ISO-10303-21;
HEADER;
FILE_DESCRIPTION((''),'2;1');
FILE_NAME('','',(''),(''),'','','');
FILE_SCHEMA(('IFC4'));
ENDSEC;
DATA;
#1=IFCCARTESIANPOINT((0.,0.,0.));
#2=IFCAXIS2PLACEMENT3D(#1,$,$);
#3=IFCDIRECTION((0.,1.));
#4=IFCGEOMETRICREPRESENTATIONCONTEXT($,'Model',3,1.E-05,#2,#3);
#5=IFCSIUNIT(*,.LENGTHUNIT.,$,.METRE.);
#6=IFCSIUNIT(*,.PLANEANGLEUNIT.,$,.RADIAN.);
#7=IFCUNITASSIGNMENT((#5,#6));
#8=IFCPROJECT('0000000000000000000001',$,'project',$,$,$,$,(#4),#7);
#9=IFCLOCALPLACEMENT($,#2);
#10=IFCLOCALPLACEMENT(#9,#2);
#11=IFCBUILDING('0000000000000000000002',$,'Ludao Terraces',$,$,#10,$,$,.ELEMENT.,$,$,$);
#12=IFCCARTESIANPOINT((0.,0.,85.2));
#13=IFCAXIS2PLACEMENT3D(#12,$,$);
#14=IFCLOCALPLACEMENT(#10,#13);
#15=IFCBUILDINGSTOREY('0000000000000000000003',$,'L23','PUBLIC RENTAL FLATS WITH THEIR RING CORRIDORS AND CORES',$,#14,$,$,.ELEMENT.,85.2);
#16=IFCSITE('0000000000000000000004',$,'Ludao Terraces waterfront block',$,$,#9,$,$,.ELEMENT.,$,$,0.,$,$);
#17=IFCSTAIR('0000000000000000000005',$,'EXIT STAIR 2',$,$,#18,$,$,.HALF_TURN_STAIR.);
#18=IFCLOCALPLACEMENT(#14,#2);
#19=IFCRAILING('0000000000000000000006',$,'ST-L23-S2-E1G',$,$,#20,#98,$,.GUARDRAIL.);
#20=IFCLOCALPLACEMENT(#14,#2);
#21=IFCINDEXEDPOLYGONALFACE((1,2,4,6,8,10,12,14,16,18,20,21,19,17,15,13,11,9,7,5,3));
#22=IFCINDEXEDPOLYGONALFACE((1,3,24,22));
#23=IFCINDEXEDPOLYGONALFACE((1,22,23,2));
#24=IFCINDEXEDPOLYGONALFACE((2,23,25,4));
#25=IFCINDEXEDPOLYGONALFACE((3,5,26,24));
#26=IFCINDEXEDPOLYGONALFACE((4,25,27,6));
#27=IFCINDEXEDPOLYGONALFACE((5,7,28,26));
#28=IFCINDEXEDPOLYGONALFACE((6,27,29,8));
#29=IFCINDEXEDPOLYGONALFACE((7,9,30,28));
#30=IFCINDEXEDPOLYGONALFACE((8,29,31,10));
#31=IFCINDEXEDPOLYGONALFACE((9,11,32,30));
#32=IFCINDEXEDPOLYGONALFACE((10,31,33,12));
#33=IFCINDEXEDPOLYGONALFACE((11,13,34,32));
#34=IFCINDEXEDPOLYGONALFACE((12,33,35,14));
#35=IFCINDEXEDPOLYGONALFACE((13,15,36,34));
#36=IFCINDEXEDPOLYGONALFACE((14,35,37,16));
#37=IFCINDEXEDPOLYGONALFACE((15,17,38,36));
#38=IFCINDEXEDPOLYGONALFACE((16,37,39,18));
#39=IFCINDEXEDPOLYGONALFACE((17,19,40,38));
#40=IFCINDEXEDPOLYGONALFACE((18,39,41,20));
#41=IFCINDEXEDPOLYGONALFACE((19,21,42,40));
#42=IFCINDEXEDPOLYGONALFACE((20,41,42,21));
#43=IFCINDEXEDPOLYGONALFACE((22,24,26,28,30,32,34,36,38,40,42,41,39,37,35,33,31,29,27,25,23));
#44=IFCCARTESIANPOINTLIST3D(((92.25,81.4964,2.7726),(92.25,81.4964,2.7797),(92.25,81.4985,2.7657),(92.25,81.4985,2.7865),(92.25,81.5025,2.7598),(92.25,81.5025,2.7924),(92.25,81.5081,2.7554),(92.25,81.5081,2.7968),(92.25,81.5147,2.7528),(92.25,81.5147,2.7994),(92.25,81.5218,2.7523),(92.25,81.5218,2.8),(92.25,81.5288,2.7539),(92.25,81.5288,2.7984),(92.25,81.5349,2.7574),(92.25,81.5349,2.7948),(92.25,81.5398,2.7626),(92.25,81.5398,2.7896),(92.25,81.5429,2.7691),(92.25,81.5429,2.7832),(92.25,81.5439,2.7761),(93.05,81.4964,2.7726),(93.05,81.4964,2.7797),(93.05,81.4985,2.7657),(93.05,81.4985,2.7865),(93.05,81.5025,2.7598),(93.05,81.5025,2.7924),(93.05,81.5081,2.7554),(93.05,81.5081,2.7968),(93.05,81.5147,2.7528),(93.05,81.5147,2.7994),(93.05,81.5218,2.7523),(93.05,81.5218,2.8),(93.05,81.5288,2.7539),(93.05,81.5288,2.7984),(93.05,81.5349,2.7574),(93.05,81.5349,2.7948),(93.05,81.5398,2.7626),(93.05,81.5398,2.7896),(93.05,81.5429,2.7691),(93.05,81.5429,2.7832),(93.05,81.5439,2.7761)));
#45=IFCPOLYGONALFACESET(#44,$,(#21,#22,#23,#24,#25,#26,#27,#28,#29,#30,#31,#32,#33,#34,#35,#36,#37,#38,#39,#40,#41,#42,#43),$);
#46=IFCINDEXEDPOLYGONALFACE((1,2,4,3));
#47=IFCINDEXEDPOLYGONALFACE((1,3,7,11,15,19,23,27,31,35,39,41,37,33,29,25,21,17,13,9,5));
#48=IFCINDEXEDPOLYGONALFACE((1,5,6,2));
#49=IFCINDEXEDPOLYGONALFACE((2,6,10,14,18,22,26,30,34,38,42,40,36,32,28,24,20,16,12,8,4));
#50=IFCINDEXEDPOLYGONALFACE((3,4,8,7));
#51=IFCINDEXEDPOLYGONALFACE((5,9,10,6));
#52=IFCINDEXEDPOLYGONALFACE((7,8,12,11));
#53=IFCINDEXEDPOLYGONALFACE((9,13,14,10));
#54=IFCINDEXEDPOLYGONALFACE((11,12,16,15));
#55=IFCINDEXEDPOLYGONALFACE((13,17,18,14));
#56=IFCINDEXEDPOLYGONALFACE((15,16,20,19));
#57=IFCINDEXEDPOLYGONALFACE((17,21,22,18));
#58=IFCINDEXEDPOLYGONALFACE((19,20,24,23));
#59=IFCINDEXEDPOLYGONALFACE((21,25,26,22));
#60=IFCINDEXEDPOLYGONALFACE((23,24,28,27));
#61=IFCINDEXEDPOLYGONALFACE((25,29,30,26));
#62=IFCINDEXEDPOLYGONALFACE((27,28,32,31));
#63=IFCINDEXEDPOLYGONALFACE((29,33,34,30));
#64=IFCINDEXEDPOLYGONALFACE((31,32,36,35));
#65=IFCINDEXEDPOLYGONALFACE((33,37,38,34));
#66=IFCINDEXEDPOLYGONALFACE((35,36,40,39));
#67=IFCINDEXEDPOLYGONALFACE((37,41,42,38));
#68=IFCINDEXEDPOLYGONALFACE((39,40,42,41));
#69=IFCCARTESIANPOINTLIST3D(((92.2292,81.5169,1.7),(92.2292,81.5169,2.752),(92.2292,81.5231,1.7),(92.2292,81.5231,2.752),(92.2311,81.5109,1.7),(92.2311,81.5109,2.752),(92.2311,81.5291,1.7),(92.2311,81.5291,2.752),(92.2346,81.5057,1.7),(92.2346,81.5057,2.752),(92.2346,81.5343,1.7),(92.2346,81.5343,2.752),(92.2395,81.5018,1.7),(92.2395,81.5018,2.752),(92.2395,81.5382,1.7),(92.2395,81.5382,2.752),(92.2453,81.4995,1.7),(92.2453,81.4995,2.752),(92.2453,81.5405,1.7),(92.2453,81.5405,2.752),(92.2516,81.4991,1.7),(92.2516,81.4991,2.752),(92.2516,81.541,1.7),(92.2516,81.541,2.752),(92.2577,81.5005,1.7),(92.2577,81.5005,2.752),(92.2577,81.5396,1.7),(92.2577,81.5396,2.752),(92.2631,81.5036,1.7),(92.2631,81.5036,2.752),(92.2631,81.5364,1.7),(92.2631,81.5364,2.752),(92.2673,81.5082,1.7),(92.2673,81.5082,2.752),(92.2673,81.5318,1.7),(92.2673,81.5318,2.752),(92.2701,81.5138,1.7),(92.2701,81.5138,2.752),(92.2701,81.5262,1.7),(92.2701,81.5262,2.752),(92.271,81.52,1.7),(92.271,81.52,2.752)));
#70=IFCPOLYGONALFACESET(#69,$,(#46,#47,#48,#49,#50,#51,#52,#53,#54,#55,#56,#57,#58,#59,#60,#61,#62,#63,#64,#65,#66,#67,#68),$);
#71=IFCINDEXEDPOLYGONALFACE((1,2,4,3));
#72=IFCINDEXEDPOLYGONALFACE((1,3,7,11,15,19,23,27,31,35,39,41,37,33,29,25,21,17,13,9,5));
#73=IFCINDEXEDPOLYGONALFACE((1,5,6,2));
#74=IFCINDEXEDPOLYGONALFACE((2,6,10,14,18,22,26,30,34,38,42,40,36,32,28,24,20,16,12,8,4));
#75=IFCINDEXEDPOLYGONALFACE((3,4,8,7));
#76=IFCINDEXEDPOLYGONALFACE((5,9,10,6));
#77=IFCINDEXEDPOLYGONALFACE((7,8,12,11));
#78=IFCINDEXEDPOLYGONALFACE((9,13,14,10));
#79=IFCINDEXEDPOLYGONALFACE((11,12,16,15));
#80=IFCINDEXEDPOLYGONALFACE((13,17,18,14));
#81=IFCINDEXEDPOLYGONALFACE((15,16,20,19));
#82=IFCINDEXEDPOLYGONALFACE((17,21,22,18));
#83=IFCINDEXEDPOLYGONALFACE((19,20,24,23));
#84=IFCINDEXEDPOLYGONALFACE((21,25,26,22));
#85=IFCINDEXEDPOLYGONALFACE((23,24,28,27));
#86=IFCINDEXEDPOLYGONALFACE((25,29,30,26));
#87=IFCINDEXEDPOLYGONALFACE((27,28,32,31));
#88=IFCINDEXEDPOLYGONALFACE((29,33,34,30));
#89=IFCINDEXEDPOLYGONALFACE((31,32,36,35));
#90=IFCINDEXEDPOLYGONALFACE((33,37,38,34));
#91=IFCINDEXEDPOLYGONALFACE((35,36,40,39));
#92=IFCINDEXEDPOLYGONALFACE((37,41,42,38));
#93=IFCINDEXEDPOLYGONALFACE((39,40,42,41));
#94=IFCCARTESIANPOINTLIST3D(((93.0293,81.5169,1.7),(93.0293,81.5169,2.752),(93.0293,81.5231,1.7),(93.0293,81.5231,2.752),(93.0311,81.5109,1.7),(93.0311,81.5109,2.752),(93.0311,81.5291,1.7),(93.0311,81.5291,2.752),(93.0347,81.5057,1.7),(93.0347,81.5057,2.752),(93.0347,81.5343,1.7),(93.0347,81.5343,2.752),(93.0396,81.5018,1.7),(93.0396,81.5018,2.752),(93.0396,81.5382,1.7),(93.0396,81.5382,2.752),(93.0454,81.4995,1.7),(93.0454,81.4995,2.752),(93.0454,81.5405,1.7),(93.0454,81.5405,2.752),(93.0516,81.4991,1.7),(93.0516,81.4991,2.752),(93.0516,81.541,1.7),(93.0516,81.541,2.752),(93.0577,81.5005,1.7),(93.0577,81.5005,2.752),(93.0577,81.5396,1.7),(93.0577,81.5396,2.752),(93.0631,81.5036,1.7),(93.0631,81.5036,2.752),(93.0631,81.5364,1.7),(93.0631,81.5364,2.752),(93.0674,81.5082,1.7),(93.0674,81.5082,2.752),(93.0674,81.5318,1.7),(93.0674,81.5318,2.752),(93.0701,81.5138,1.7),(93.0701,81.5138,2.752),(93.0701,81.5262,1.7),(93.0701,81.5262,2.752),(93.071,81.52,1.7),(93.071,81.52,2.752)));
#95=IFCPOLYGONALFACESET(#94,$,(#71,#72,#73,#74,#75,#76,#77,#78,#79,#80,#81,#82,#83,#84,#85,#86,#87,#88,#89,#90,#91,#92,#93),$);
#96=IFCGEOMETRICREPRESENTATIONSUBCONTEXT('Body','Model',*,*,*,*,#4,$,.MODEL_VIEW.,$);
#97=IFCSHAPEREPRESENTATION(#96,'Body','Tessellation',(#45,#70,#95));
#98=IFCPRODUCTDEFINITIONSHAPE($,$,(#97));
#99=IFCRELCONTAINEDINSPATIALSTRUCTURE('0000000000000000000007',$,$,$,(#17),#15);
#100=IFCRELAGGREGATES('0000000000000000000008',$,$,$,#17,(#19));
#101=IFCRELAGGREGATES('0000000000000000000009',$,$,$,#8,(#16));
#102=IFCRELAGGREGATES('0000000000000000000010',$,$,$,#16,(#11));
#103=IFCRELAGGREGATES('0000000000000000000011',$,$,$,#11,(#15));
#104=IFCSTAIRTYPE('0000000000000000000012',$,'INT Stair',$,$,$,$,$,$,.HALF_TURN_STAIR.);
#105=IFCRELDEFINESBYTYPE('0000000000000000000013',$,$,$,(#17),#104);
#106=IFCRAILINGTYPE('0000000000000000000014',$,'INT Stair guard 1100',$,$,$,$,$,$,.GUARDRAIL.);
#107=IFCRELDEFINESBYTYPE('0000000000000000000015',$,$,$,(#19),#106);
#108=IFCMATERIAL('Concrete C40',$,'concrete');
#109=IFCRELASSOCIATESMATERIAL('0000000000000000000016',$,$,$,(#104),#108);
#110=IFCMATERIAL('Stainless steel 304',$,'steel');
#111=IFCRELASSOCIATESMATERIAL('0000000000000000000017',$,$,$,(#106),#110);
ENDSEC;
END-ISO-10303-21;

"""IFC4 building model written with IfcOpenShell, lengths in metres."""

from ifc_helpers import new_model, si_unit, direction, frame, origin, origin_2d, place, context, subcontext, project, spatial, circle, extrude, material, type_object, element, aggregate, save


model = new_model("IFC4")

# Units and contexts
model_context = context("Model", 3, precision=1e-05, world=origin(), true_north=direction((0.0, 1.0)))
body_context = subcontext(model_context, "Body", "Model", "MODEL_VIEW")
ifc_project = project(units=[si_unit("LENGTHUNIT", "METRE"), si_unit("PLANEANGLEUNIT", "RADIAN")], contexts=[model_context])

# Site, building, storey
site_placement = place(None, origin())
site = spatial("IfcSite", under=ifc_project, at=site_placement, Name="Ludao Terraces waterfront block", CompositionType="ELEMENT", RefElevation=0.0)
building_placement = place(site_placement, origin())
building = spatial("IfcBuilding", under=site, at=building_placement, Name="Ludao Terraces", CompositionType="ELEMENT")
storey_placement = place(building_placement, frame((0.0, 0.0, 85.2)))
storey = spatial("IfcBuildingStorey", under=building, at=storey_placement, Name="L23", Description="PUBLIC RENTAL FLATS WITH THEIR RING CORRIDORS AND CORES", CompositionType="ELEMENT", Elevation=85.2)

# Shared definitions
ifc_material_1 = material(Name="Concrete C40", Category="concrete")

# Stair, railing
stair_type = type_object("IfcStairType", Name="INT Stair", PredefinedType="HALF_TURN_STAIR", material=ifc_material_1)
stair_placement = place(storey_placement, origin())
stair = element("IfcStair", 1, at=stair_placement, inside=storey, type_object=stair_type, Name="EXIT STAIR 2", PredefinedType="HALF_TURN_STAIR")
ifc_material_2 = material(Name="Stainless steel 304", Category="steel")
railing_type_1 = type_object("IfcRailingType", Name="INT Stair guard 1100", PredefinedType="GUARDRAIL", material=ifc_material_2)
railing_1_placement = place(storey_placement, frame((92.25, 81.52, 1.7)))
railing_1 = element("IfcRailing", 2, at=railing_1_placement, type_object=railing_type_1, Name="ST-L23-S2-E1G", PredefinedType="GUARDRAIL", context=body_context, shape_type="SweptSolid", body=[
    extrude(circle(Radius=0.0239, at=origin_2d()), frame((0.0, 0.0, 1.0762), z_axis=(1.0, 0.0, 0.0), x_axis=(0.0, 1.0, 0.0)), (0.0, 0.0, 1.0), 0.8),
    extrude(circle(Radius=0.021, at=origin_2d()), origin(), (0.0, 0.0, 1.0), 1.052),
    extrude(circle(Radius=0.021, at=origin_2d()), frame((0.8, 0.0, 0.0)), (0.0, 0.0, 1.0), 1.052),
])
aggregate(stair, [railing_1])

save(model, "model.ifc")
